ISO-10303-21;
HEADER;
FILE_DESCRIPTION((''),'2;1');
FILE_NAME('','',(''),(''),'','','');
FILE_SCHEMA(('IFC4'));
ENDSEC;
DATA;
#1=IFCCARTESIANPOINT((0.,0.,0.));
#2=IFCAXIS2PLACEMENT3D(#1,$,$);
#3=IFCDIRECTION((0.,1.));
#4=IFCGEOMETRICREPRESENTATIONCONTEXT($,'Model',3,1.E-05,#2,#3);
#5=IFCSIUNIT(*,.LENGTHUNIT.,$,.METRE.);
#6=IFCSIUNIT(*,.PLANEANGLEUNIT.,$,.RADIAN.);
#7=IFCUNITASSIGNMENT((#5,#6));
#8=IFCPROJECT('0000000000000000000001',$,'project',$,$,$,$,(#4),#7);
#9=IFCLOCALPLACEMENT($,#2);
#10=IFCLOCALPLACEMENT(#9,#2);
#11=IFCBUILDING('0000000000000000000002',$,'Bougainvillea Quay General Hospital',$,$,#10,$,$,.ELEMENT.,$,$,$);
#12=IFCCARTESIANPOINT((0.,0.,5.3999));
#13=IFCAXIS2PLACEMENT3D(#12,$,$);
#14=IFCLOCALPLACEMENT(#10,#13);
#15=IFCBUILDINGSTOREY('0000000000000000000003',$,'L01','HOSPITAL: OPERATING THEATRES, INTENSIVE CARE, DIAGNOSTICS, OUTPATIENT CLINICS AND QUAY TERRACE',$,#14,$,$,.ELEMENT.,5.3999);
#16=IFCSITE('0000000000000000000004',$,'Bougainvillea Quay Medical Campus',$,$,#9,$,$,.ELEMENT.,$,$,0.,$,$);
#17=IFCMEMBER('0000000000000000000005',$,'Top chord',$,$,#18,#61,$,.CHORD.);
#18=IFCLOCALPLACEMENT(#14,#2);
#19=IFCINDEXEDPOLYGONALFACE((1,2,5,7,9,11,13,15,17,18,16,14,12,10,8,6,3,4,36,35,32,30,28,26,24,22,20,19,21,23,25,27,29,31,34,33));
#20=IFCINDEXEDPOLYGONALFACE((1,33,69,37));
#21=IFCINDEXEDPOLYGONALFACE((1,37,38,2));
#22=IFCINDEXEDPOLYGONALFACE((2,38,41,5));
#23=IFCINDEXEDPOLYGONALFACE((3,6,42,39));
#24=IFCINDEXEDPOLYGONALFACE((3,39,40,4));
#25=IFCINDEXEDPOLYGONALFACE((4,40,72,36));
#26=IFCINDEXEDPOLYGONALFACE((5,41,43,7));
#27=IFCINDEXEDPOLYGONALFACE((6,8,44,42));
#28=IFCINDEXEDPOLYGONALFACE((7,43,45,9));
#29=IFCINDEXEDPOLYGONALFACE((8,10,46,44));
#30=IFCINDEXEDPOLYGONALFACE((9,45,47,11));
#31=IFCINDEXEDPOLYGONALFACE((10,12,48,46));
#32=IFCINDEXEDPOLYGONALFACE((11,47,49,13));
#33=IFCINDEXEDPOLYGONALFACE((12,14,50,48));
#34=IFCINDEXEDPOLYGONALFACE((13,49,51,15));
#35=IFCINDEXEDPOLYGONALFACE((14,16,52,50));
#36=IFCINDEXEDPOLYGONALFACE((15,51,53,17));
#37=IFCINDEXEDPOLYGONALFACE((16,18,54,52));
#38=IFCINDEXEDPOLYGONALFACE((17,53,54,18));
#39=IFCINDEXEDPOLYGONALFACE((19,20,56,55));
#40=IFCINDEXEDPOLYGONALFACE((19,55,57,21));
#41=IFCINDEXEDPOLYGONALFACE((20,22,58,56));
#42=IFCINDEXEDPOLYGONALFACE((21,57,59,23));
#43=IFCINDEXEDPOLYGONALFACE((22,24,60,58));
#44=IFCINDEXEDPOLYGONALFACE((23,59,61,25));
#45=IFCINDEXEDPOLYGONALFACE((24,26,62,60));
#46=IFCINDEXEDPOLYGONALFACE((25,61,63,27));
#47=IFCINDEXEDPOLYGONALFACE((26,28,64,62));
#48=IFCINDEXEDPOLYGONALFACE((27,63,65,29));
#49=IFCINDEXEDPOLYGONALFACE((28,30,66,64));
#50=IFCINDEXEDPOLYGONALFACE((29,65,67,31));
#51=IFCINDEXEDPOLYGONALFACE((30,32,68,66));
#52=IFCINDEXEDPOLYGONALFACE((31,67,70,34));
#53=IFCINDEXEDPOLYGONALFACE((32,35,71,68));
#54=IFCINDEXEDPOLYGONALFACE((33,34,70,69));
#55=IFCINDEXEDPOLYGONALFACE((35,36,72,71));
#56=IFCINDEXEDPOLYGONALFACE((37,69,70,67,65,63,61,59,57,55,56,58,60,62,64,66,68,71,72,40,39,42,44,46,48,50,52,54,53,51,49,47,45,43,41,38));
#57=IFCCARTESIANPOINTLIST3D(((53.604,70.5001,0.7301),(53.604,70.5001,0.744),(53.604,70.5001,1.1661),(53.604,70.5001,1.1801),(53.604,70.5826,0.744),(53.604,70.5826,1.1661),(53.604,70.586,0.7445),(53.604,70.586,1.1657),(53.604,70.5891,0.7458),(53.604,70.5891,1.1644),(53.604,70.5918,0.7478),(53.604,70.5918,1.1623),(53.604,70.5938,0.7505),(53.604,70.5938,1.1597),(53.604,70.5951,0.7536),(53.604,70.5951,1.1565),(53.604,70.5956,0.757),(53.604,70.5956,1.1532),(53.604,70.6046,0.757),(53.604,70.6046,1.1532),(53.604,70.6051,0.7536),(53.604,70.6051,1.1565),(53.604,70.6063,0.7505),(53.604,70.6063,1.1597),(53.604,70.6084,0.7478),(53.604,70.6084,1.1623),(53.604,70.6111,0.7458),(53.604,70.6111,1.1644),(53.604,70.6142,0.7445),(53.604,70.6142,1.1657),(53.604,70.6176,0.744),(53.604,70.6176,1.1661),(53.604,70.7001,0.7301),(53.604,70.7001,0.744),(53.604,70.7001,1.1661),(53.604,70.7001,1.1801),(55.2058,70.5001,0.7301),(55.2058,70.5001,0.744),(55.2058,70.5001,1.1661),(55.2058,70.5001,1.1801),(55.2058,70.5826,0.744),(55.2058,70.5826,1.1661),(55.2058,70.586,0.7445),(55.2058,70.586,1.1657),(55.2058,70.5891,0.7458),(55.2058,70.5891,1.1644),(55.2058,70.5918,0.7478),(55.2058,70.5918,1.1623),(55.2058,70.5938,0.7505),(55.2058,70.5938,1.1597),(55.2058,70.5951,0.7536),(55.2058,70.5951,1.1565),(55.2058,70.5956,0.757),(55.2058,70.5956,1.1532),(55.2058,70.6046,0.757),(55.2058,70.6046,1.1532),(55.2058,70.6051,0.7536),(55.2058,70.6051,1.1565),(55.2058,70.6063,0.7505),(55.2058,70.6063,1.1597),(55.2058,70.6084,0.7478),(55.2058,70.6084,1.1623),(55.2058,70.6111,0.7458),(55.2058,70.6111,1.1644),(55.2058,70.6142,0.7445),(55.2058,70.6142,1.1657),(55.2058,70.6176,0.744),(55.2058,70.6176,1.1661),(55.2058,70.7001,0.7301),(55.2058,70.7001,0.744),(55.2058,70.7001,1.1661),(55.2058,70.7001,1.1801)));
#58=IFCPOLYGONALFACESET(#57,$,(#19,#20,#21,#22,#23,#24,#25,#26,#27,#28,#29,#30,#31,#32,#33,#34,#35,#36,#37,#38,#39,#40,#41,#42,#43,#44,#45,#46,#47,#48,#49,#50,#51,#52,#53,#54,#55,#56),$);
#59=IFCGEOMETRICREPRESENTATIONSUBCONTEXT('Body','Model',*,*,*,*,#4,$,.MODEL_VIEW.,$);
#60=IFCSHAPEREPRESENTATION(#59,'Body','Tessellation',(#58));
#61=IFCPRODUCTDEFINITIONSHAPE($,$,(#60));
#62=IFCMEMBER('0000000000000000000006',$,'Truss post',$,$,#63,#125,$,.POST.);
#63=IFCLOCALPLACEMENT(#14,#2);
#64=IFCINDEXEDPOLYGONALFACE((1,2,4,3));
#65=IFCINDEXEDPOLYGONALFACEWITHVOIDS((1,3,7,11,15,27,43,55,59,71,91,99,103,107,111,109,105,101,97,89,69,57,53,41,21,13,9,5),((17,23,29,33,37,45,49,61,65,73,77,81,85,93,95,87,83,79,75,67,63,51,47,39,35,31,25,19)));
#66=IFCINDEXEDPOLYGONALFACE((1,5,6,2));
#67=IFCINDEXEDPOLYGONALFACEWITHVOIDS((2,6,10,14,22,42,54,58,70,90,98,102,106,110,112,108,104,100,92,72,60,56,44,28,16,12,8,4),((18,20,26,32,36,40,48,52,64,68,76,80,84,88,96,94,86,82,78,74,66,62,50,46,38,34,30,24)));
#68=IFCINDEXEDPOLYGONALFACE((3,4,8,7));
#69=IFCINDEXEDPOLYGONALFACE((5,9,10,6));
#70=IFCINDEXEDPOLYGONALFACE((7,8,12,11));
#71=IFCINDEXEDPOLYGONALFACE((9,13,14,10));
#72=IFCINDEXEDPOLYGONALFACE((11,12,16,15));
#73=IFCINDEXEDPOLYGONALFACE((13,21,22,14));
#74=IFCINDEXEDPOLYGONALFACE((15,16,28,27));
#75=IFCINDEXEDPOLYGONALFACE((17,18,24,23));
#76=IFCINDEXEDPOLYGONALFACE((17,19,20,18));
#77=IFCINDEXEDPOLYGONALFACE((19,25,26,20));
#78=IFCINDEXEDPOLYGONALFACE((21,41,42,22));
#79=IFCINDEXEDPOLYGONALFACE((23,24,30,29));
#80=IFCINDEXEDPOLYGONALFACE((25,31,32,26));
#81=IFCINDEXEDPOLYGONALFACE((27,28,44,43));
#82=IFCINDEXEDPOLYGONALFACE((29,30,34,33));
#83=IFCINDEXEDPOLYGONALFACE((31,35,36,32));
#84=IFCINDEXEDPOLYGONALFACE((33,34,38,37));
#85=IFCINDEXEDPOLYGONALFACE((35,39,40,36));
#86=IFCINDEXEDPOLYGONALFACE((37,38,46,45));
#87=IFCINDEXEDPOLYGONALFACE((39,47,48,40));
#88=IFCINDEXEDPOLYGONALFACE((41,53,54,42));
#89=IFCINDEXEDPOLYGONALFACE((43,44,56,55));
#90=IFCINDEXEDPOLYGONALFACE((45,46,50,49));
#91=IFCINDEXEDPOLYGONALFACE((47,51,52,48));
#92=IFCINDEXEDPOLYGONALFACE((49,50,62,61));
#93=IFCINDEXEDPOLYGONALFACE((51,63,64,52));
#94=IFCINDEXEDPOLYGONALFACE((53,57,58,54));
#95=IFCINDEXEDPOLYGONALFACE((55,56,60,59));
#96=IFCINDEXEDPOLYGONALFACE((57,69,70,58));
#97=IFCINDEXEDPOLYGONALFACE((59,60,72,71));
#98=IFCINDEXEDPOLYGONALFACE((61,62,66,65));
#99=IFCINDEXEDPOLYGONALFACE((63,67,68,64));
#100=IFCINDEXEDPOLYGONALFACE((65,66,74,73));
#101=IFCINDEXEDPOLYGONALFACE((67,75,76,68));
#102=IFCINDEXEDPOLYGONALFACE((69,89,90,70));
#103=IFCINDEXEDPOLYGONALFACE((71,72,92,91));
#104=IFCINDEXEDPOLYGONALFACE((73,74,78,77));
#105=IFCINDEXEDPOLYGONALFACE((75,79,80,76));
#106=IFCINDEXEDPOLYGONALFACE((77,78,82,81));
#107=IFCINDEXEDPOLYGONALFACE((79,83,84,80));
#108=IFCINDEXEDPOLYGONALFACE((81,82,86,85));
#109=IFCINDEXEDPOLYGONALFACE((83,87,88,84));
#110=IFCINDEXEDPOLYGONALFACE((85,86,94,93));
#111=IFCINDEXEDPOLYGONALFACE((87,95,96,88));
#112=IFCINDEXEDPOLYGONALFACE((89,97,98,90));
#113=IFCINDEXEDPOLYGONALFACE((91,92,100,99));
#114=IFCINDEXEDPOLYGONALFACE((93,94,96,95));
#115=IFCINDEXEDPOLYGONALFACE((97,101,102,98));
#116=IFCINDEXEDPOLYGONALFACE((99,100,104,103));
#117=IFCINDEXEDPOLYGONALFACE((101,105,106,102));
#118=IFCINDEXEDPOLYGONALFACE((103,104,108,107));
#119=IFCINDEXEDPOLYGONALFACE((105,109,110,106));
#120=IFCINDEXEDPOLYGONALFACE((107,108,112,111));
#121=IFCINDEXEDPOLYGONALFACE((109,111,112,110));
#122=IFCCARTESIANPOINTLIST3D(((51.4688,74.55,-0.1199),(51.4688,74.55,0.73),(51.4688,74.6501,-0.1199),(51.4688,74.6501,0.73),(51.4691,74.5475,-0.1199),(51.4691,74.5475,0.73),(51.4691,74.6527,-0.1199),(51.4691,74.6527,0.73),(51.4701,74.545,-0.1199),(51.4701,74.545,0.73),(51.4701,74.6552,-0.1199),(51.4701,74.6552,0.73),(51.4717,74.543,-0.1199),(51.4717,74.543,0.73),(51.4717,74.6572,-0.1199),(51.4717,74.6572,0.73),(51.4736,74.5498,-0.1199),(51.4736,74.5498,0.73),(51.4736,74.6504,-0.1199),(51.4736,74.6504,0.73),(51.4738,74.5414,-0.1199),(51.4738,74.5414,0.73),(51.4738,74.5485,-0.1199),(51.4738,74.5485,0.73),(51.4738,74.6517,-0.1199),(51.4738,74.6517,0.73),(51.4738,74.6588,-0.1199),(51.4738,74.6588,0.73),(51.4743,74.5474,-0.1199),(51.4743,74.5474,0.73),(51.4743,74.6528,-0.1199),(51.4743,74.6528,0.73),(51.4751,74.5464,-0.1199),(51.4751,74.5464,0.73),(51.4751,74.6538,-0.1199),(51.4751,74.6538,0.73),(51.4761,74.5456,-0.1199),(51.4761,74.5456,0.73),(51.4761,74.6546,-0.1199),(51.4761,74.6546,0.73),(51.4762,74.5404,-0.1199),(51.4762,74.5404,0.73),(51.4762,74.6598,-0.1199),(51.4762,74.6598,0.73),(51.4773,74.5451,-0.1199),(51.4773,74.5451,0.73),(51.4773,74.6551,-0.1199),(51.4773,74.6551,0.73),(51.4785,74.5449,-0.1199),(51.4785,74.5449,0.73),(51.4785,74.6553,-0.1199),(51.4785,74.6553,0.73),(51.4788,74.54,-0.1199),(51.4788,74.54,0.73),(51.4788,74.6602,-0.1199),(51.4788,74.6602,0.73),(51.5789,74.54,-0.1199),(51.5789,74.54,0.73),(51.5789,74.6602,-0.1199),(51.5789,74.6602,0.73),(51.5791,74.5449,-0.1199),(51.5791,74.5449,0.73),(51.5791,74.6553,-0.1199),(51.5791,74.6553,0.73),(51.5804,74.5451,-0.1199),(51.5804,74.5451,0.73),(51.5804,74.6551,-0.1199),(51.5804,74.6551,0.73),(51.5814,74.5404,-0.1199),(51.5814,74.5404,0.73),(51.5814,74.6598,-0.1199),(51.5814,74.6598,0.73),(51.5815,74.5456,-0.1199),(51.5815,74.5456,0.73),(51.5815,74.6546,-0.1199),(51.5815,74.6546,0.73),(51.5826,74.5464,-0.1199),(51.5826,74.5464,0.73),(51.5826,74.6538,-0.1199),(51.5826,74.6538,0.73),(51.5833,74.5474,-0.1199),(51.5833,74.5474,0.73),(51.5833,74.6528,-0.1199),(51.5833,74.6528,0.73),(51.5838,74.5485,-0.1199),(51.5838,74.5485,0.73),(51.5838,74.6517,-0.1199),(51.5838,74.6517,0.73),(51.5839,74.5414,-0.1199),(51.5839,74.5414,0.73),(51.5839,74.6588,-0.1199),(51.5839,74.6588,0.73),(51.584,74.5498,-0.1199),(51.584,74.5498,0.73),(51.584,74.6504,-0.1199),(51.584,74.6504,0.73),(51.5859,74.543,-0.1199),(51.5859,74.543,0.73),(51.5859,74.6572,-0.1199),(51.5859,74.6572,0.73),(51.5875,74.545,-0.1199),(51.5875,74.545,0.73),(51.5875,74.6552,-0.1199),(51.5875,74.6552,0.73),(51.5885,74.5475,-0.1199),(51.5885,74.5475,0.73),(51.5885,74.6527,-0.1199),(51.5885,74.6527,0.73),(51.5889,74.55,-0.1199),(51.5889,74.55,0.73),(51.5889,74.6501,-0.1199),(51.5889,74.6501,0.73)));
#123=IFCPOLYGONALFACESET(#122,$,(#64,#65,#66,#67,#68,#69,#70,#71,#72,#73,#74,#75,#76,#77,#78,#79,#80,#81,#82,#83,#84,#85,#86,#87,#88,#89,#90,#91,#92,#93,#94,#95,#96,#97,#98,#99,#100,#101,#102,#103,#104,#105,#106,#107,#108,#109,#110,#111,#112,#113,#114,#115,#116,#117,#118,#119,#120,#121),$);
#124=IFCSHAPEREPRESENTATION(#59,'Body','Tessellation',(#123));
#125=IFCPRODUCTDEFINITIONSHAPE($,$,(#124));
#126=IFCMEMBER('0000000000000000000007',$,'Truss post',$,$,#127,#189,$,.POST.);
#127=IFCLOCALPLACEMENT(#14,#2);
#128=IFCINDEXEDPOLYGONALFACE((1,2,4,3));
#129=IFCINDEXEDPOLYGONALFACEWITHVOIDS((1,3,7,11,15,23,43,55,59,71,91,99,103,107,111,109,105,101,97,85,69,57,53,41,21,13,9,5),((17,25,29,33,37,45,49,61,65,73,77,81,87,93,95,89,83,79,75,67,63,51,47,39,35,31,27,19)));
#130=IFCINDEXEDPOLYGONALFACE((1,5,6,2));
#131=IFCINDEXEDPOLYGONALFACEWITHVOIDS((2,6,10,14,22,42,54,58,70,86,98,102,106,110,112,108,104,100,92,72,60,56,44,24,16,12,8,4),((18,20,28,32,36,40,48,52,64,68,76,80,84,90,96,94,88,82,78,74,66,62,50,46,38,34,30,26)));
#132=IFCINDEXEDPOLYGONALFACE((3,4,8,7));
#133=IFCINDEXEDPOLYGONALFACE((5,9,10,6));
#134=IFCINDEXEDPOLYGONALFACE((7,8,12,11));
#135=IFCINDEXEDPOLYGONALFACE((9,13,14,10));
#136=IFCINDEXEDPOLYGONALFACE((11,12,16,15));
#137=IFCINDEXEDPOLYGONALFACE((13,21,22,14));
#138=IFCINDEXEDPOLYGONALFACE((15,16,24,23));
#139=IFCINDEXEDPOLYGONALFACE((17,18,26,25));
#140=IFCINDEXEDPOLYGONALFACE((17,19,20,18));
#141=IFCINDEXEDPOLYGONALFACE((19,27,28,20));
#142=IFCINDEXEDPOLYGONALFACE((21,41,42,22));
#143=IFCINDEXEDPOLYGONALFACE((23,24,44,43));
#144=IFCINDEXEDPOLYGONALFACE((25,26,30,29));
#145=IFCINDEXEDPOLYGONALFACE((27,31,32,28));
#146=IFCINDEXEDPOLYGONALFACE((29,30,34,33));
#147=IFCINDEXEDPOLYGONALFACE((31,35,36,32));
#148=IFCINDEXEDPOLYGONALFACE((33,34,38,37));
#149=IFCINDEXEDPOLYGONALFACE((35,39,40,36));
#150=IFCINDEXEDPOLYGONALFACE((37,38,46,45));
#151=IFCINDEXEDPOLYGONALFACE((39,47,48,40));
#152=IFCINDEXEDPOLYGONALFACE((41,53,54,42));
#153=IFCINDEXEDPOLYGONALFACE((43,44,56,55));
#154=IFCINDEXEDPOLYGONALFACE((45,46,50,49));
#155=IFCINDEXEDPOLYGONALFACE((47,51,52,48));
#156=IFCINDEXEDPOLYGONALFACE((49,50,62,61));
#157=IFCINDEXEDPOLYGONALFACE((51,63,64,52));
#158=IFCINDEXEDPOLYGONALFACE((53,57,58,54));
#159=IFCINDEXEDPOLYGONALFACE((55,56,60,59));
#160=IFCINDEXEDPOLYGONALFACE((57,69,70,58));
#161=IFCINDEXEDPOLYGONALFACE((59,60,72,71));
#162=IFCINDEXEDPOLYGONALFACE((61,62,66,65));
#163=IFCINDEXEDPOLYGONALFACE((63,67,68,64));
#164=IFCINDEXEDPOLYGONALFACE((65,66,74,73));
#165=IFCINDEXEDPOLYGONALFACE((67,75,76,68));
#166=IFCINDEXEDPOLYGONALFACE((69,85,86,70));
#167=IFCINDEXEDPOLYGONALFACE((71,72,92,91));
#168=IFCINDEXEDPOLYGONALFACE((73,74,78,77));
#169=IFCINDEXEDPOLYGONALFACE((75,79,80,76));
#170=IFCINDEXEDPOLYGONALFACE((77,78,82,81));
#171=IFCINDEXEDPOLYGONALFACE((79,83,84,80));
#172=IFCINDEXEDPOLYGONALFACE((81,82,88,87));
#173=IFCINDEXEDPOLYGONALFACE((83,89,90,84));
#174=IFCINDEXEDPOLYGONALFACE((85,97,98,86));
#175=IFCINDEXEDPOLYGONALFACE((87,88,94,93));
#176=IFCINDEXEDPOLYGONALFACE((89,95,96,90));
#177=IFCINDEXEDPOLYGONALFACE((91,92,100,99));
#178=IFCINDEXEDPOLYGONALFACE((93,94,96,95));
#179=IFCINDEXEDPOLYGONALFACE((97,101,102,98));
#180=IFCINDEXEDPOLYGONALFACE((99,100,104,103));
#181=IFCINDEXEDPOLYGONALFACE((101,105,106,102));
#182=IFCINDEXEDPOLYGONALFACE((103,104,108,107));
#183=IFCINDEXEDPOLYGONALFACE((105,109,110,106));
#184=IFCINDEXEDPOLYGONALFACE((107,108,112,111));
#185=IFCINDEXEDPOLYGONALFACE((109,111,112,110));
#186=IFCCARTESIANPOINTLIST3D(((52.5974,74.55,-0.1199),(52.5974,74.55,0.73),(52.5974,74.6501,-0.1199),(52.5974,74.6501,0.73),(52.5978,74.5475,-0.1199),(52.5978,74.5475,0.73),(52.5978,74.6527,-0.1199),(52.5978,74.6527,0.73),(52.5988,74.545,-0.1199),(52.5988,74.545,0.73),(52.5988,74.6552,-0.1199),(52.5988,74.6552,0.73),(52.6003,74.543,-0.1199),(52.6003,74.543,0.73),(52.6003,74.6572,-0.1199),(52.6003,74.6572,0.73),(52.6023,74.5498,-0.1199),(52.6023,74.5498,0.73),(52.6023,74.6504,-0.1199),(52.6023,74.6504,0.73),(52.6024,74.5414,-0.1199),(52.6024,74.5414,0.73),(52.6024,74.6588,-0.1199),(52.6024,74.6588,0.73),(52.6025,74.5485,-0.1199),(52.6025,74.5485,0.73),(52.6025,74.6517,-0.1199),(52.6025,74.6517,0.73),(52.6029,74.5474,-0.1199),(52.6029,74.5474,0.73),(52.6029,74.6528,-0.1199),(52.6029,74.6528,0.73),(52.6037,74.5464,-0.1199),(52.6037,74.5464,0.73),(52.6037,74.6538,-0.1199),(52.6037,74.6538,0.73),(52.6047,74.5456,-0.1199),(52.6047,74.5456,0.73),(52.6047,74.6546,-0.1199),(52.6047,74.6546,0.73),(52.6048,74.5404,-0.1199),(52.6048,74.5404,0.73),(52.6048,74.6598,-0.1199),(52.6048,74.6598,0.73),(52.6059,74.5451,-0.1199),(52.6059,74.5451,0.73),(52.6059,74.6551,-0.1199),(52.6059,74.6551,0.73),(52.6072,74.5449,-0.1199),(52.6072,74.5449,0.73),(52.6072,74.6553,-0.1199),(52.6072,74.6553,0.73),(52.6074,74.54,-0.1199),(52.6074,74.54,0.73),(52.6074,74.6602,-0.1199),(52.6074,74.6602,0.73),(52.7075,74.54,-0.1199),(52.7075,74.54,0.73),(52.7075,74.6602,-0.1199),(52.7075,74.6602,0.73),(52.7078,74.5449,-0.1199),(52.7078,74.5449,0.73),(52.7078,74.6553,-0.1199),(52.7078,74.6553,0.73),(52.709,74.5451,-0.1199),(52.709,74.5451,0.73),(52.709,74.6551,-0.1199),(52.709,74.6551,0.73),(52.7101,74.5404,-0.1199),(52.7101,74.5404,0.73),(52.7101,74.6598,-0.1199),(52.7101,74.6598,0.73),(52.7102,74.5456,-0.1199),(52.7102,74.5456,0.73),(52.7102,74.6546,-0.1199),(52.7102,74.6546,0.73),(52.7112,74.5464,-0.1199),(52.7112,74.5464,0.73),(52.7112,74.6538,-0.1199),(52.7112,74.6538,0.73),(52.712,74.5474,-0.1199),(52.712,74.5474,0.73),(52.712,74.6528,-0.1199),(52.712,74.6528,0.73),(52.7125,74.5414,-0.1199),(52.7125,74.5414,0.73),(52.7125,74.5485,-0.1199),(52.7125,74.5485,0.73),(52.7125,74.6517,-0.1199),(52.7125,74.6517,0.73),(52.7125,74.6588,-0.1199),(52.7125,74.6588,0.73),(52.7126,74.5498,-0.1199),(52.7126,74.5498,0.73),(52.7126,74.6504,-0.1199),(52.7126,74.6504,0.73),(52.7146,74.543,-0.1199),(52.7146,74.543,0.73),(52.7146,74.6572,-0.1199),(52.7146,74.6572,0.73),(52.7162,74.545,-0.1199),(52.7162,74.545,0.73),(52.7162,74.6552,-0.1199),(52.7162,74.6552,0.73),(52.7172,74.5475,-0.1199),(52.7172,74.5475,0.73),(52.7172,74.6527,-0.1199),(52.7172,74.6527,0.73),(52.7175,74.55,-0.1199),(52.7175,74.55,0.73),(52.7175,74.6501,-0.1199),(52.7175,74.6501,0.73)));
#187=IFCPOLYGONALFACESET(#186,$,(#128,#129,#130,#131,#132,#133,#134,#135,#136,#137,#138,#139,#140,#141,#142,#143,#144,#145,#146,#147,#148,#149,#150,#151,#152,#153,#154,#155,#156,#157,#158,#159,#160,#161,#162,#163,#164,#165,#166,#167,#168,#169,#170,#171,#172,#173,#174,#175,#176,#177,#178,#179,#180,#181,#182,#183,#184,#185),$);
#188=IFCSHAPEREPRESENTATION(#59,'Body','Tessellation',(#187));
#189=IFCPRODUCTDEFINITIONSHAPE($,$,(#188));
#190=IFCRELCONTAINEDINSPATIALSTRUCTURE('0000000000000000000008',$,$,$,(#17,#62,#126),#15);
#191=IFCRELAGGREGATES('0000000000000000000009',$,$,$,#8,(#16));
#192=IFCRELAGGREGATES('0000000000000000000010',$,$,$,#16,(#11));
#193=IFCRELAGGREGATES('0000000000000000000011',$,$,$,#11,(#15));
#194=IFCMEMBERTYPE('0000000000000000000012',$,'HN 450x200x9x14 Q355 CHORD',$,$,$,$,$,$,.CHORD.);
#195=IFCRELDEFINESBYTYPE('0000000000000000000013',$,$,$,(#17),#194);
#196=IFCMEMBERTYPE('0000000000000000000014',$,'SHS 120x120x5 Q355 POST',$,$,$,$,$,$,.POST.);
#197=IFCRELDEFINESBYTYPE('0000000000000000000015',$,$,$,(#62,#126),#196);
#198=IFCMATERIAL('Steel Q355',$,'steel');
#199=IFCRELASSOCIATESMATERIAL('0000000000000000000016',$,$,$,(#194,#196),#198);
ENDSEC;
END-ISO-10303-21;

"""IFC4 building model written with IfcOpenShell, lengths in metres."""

from ifc_helpers import new_model, si_unit, direction, frame, origin, origin_2d, place, context, subcontext, project, spatial, hollow_rectangle, i_section, extrude, material, material_profile, profile_set, type_object, element, save


model = new_model("IFC4")

# Units and contexts
model_context = context("Model", 3, precision=1e-05, world=origin(), true_north=direction((0.0, 1.0)))
body_context = subcontext(model_context, "Body", "Model", "MODEL_VIEW")
ifc_project = project(units=[si_unit("LENGTHUNIT", "METRE"), si_unit("PLANEANGLEUNIT", "RADIAN")], contexts=[model_context])

# Site, building, storey
site_placement = place(None, origin())
site = spatial("IfcSite", under=ifc_project, at=site_placement, Name="Bougainvillea Quay Medical Campus", CompositionType="ELEMENT", RefElevation=0.0)
building_placement = place(site_placement, origin())
building = spatial("IfcBuilding", under=site, at=building_placement, Name="Bougainvillea Quay General Hospital", CompositionType="ELEMENT")
storey_placement = place(building_placement, frame((0.0, 0.0, 5.3999)))
storey = spatial("IfcBuildingStorey", under=building, at=storey_placement, Name="L01", Description="HOSPITAL: OPERATING THEATRES, INTENSIVE CARE, DIAGNOSTICS, OUTPATIENT CLINICS AND QUAY TERRACE", CompositionType="ELEMENT", Elevation=5.3999)

# Members
ifc_material_1 = material(Name="Steel Q355", Category="steel")
ifc_material_profile_1 = material_profile(ifc_material_1, i_section(OverallWidth=0.2, OverallDepth=0.45, WebThickness=0.009, FlangeThickness=0.0139, FilletRadius=0.0129, at=origin_2d()))
ifc_profile_set_1 = profile_set([ifc_material_profile_1], Name="Steel Q355")
member_type_1 = type_object("IfcMemberType", Name="HN 450x200x9x14 Q355 CHORD", PredefinedType="CHORD", material=ifc_profile_set_1)
for number, where, z_axis, x_axis, name in (
    (1, (53.604, 70.6001, 0.9551), (1.0, 0.0, 0.0), (0.0, 1.0, 0.0), "Top chord"),
):
    element("IfcMember", number, at=place(storey_placement, frame(where, z_axis=z_axis, x_axis=x_axis)), inside=storey, type_object=member_type_1, Name=name, PredefinedType="CHORD", context=body_context, shape_type="SweptSolid", body=[
        extrude(i_section(OverallWidth=0.2, OverallDepth=0.45, WebThickness=0.009, FlangeThickness=0.0139, FilletRadius=0.0129, at=origin_2d()), origin(), (0.0, 0.0, 1.0), 1.6018),
    ])
ifc_material_profile_2 = material_profile(ifc_material_1, hollow_rectangle(XDim=0.1201, YDim=0.1201, WallThickness=0.0049, InnerFilletRadius=0.0049, OuterFilletRadius=0.01, at=origin_2d()))
ifc_profile_set_2 = profile_set([ifc_material_profile_2], Name="Steel Q355")
member_type_2 = type_object("IfcMemberType", Name="SHS 120x120x5 Q355 POST", PredefinedType="POST", material=ifc_profile_set_2)
for number, where, z_axis, x_axis, name in (
    (2, (51.5288, 74.6001, -0.1199), (0.0, 0.0, 1.0), (1.0, 0.0, 0.0), "Truss post"),
    (3, (52.6575, 74.6001, -0.1199), (0.0, 0.0, 1.0), (1.0, 0.0, 0.0), "Truss post"),
):
    element("IfcMember", number, at=place(storey_placement, frame(where, z_axis=z_axis, x_axis=x_axis)), inside=storey, type_object=member_type_2, Name=name, PredefinedType="POST", context=body_context, shape_type="SweptSolid", body=[
        extrude(hollow_rectangle(XDim=0.1201, YDim=0.1201, WallThickness=0.0049, InnerFilletRadius=0.0049, OuterFilletRadius=0.01, at=origin_2d()), origin(), (0.0, 0.0, 1.0), 0.8499),
    ])

save(model, "model.ifc")
